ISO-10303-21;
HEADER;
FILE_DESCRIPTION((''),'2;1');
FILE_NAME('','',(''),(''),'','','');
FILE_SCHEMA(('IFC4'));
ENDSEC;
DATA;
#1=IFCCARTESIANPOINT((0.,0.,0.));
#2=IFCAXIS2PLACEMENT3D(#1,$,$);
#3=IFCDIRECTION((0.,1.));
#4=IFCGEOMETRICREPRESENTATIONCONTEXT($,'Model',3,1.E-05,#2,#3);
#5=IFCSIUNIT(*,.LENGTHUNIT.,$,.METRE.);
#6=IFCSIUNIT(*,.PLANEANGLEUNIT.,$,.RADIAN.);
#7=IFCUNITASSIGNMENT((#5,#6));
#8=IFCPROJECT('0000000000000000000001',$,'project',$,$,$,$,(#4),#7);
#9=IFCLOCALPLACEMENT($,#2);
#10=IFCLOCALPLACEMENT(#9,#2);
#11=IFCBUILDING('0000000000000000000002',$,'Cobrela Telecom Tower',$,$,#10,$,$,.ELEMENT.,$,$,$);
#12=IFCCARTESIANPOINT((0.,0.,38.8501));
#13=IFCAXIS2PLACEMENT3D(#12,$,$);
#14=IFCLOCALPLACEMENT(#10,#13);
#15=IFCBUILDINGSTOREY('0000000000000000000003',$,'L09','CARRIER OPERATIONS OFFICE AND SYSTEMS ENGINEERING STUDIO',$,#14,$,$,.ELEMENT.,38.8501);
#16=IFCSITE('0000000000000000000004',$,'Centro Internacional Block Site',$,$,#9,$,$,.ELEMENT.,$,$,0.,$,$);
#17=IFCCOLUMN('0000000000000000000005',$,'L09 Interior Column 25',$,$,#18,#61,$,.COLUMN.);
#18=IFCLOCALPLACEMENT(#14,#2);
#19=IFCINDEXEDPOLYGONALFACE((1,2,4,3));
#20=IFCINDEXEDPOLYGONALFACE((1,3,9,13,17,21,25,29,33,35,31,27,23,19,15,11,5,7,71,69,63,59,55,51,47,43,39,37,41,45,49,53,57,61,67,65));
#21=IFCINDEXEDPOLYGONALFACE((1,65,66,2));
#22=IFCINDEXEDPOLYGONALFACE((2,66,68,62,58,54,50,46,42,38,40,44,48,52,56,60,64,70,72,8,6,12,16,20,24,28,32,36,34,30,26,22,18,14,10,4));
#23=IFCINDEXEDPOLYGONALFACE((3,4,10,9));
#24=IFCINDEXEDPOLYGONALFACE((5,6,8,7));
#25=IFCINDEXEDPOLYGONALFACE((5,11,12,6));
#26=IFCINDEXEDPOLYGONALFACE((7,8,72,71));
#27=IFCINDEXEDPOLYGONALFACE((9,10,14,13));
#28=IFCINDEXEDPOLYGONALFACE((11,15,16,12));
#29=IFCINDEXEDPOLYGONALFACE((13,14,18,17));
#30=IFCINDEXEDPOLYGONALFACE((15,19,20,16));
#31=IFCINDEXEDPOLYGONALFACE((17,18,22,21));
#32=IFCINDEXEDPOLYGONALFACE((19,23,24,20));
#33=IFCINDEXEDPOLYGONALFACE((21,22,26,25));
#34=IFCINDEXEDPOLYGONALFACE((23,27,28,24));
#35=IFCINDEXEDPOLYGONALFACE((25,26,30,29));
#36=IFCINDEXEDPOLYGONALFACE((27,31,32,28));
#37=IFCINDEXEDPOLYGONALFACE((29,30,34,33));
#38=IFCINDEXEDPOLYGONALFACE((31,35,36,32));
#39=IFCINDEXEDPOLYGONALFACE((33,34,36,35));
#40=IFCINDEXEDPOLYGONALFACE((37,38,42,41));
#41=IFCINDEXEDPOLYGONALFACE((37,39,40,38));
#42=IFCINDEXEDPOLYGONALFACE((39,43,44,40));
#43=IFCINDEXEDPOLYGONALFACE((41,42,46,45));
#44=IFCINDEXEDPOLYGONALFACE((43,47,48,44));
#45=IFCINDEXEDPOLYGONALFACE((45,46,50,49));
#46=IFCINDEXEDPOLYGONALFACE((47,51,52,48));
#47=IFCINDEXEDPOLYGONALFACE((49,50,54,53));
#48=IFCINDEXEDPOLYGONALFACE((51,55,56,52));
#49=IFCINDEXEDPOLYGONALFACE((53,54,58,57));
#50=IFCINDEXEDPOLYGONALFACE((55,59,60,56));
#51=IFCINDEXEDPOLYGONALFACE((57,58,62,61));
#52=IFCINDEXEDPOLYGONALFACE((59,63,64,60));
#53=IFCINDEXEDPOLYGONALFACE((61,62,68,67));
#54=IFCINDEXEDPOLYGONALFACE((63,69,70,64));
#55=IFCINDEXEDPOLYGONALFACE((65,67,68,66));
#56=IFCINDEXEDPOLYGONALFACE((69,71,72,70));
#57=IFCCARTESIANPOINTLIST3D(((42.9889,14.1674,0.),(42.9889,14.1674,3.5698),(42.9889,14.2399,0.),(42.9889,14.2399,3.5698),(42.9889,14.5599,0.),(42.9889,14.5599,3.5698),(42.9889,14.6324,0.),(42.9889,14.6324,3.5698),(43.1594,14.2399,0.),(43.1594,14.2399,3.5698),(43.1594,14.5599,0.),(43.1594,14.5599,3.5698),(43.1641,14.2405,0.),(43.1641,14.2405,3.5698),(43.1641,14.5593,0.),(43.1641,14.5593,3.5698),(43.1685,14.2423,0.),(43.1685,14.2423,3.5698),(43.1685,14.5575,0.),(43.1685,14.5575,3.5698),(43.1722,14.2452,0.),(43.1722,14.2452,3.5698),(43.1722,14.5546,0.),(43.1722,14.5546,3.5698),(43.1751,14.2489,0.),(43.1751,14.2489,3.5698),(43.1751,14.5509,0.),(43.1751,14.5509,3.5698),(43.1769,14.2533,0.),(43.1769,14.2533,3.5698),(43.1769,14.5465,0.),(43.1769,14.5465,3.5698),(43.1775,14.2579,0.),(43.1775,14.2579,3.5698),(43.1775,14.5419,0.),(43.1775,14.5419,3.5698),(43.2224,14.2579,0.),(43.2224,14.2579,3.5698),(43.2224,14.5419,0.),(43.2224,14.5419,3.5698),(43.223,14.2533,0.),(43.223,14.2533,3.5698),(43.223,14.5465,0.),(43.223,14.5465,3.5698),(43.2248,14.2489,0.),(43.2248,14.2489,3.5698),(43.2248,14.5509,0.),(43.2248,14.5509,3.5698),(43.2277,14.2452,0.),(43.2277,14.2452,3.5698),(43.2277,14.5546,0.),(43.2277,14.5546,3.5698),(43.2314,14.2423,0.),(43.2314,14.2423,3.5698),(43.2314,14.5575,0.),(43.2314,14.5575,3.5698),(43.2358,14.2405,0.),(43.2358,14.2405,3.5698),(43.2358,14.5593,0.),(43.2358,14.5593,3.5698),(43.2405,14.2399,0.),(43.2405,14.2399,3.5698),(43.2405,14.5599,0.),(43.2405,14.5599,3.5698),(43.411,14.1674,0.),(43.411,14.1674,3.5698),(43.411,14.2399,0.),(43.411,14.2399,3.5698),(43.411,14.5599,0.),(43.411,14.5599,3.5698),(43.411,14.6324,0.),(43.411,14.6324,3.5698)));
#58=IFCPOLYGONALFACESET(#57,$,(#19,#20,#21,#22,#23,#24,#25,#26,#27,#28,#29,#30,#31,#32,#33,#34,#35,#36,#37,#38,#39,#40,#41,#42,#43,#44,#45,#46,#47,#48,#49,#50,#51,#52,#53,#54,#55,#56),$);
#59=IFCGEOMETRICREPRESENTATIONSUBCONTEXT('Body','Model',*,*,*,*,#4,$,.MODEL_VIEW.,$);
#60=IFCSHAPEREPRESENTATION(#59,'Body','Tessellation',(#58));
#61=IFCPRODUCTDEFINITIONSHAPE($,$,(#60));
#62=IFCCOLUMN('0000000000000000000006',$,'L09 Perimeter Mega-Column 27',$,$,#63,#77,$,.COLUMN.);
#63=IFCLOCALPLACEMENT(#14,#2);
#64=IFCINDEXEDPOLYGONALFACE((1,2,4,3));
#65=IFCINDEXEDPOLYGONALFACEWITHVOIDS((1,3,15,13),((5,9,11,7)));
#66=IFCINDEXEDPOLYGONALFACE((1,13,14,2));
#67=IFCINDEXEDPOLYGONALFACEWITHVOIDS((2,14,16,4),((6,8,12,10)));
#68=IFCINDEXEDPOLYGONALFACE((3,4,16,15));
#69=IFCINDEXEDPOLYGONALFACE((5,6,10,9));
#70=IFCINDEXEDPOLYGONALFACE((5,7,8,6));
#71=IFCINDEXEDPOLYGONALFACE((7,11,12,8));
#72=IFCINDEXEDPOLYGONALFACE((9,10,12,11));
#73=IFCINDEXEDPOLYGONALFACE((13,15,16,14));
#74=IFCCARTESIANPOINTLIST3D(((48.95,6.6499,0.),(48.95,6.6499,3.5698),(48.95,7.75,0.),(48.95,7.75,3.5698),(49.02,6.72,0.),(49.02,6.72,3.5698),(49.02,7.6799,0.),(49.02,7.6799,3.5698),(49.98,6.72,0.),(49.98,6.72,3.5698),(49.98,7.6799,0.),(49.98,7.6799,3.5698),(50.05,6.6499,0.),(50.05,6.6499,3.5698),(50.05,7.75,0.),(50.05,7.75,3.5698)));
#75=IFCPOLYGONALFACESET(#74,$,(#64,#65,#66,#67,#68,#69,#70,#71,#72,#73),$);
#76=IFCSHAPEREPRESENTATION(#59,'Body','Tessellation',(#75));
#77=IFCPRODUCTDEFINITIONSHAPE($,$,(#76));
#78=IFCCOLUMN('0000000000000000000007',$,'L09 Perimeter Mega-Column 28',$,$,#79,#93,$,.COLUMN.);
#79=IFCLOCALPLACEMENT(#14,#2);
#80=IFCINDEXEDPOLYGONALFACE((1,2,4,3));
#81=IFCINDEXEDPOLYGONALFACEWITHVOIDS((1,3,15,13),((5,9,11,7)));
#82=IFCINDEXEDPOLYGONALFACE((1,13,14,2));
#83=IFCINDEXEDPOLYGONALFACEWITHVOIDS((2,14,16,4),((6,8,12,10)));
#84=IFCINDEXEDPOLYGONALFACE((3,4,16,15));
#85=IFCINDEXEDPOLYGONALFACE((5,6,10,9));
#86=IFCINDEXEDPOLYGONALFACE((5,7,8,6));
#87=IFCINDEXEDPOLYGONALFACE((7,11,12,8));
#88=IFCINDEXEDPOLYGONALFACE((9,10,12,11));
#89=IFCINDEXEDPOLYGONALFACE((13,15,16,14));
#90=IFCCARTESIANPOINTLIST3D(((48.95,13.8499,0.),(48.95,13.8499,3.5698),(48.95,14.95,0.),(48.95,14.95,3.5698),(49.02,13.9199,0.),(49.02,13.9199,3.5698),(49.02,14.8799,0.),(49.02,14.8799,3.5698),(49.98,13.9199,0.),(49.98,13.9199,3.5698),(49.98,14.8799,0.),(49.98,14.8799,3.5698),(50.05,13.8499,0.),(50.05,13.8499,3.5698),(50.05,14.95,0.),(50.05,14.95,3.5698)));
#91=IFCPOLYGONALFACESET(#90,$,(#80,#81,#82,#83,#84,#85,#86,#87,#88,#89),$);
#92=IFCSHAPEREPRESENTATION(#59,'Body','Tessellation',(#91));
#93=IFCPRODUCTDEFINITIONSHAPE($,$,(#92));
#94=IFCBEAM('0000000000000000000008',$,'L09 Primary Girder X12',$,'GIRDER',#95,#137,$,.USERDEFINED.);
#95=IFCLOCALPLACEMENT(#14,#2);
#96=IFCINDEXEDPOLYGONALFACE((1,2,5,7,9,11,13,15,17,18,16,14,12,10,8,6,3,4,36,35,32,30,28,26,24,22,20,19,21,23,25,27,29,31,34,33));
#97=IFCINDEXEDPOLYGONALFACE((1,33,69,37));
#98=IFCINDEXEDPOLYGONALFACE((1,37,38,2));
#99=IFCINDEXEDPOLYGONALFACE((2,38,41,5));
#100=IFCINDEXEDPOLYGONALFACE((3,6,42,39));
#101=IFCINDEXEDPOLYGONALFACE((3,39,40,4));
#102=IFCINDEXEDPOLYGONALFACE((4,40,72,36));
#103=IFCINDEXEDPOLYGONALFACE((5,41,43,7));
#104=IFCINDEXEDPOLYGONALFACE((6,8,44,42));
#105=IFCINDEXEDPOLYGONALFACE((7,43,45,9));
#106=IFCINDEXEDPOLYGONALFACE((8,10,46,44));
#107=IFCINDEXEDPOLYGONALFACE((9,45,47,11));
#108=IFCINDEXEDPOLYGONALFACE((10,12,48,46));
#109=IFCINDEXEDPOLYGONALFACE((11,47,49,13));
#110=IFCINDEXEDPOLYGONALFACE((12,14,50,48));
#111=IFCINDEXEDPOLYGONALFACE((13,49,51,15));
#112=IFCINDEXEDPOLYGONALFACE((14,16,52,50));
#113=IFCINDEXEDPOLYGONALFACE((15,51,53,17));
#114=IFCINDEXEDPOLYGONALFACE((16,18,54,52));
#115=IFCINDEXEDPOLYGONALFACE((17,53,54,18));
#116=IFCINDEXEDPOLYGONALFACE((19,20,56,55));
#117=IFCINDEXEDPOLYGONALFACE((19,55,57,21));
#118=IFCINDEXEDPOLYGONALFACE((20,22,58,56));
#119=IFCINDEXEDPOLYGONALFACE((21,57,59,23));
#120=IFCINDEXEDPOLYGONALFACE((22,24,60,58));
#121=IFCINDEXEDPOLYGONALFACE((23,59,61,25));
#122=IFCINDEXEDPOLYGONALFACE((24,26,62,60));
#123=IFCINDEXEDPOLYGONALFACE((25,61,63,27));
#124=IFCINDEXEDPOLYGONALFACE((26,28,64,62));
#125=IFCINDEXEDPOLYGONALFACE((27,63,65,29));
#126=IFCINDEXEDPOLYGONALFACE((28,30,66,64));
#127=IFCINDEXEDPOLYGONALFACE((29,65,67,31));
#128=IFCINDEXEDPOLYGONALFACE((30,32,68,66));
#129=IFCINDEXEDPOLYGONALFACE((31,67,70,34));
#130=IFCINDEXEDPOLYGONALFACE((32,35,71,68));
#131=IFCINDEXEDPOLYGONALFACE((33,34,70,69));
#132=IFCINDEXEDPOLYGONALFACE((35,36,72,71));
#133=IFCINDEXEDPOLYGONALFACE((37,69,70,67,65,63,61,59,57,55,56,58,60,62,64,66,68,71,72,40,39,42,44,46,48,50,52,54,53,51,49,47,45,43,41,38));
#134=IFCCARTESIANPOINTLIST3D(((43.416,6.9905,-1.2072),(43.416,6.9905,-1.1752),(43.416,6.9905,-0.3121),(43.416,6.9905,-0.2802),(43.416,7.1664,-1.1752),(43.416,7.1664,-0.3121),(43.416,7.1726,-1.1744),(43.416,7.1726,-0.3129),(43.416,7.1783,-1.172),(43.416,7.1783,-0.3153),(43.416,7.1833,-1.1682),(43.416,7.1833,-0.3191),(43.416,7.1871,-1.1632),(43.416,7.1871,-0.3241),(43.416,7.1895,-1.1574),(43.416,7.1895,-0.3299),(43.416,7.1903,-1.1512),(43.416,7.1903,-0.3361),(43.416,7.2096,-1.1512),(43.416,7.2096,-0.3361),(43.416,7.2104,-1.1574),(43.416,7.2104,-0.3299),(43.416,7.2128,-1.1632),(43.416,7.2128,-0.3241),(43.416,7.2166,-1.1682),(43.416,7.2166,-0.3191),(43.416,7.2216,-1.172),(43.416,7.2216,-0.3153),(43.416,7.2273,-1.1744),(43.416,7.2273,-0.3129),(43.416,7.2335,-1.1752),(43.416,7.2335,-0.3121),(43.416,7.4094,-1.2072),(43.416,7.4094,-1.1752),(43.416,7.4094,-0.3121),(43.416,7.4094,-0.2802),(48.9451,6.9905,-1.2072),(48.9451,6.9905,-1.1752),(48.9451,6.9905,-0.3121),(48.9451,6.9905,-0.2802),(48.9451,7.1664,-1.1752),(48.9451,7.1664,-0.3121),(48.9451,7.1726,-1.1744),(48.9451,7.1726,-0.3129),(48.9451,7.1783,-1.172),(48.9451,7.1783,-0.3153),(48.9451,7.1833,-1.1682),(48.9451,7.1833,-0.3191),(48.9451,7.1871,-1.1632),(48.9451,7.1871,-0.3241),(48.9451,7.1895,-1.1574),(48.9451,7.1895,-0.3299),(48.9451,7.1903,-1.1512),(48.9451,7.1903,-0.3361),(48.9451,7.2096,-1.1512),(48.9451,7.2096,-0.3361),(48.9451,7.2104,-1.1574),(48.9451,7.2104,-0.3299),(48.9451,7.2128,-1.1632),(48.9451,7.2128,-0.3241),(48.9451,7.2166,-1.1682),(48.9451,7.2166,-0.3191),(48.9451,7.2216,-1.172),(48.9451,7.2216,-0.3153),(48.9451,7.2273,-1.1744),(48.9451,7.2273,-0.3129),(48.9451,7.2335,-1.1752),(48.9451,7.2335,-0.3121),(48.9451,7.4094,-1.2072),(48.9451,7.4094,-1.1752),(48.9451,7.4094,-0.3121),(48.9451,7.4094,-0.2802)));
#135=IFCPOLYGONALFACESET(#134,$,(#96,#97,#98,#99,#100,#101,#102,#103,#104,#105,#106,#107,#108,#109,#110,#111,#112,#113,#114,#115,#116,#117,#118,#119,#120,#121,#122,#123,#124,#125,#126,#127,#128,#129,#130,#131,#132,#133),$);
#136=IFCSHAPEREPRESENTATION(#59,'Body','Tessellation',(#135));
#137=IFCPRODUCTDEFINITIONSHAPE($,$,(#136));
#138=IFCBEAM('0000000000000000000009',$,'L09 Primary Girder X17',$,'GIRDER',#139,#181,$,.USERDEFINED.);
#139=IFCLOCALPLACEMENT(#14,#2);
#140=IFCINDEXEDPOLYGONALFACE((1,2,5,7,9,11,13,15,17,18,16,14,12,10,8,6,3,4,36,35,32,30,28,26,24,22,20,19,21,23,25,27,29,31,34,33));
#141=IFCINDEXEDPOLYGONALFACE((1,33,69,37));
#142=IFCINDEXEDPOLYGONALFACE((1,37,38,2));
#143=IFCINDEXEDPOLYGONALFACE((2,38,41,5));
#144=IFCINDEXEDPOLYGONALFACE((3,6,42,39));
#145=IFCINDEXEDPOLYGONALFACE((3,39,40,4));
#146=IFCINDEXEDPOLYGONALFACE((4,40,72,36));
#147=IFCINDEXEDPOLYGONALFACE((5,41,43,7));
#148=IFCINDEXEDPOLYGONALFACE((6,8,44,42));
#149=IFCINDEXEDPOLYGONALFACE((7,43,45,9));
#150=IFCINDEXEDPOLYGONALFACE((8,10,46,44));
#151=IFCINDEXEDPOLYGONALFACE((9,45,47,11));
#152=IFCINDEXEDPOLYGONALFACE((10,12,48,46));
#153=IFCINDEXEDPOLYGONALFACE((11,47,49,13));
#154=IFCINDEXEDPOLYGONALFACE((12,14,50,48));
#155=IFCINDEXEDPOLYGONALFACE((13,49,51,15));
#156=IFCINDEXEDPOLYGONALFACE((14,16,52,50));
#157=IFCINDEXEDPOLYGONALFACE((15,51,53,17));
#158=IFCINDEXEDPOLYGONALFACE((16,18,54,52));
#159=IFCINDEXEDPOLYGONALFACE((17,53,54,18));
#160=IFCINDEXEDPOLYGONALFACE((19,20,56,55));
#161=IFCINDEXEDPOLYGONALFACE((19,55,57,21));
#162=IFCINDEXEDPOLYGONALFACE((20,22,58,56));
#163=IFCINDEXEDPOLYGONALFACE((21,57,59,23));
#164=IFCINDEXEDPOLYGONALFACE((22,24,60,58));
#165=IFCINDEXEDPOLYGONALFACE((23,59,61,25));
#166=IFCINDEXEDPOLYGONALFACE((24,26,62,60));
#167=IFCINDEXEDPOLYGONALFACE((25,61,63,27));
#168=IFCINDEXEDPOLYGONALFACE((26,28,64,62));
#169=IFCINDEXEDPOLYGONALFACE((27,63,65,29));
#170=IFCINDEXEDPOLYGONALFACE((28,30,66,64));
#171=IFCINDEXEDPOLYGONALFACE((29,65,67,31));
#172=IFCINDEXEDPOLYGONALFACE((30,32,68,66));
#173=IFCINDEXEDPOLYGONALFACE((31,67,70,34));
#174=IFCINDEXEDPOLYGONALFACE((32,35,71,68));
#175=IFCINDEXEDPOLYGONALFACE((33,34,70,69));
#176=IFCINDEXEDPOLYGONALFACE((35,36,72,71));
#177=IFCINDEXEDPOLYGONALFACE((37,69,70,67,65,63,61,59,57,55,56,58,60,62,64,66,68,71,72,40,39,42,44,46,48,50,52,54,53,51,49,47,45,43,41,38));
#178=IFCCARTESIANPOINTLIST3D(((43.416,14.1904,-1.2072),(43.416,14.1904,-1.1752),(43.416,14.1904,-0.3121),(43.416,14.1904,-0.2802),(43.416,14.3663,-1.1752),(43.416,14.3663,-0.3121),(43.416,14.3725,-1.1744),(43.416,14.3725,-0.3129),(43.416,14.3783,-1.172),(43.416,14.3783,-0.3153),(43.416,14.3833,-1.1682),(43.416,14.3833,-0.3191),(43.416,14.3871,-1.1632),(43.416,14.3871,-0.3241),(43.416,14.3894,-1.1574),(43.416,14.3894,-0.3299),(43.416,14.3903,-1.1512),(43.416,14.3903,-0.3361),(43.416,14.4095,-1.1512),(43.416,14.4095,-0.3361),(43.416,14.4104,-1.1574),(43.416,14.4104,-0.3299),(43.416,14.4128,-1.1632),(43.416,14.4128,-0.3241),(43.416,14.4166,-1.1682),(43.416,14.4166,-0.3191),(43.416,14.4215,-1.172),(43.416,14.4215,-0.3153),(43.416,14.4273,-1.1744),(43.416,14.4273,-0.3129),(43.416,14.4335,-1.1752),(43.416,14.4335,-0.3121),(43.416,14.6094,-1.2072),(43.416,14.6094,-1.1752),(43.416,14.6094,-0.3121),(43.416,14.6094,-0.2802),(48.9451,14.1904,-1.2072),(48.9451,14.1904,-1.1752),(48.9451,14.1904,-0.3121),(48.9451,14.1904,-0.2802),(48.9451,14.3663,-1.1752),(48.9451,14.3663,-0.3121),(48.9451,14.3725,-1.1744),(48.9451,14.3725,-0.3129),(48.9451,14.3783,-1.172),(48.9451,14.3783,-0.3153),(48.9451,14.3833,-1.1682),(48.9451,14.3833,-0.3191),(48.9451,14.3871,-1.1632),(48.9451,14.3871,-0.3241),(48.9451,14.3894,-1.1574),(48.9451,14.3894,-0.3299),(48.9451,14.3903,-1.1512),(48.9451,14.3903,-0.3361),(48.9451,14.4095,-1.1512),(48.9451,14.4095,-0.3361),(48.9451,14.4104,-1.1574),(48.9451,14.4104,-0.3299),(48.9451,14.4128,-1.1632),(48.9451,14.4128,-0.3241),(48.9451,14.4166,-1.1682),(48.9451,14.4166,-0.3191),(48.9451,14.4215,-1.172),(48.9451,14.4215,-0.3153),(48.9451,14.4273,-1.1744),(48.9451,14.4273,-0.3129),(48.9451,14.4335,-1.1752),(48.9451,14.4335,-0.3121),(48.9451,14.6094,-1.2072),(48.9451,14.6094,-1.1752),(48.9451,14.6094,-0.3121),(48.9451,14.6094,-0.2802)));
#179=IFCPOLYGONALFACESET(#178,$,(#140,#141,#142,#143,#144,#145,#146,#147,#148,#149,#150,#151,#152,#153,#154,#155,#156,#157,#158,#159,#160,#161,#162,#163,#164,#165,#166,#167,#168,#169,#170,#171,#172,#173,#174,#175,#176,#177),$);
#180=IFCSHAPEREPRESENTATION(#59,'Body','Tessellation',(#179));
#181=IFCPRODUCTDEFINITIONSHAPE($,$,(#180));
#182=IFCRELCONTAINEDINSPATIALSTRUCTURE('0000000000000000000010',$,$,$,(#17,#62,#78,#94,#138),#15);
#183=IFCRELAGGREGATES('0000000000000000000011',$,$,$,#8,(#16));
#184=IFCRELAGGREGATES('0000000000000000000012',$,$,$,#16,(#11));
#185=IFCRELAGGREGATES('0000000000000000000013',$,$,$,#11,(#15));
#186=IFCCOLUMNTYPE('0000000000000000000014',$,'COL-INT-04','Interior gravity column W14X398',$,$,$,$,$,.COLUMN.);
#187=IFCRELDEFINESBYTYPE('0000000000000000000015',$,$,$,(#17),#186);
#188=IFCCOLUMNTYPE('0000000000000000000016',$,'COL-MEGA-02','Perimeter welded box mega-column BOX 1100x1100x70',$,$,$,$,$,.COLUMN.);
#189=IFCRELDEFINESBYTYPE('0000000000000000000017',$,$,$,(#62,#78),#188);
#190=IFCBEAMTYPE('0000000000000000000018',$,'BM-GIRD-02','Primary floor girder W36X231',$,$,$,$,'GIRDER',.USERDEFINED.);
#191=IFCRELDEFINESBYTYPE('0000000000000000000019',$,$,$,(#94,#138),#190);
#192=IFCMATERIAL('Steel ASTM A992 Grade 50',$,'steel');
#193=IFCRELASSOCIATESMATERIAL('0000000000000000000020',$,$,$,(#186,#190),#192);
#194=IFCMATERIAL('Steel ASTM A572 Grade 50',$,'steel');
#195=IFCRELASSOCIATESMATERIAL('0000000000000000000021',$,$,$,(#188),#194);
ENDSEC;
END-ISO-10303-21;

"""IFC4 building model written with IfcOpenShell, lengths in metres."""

from ifc_helpers import new_model, si_unit, direction, frame, origin, origin_2d, place, context, subcontext, project, spatial, hollow_rectangle, i_section, extrude, material, material_profile, profile_set, type_object, element, save


model = new_model("IFC4")

# Units and contexts
model_context = context("Model", 3, precision=1e-05, world=origin(), true_north=direction((0.0, 1.0)))
body_context = subcontext(model_context, "Body", "Model", "MODEL_VIEW")
ifc_project = project(units=[si_unit("LENGTHUNIT", "METRE"), si_unit("PLANEANGLEUNIT", "RADIAN")], contexts=[model_context])

# Site, building, storey
site_placement = place(None, origin())
site = spatial("IfcSite", under=ifc_project, at=site_placement, Name="Centro Internacional Block Site", CompositionType="ELEMENT", RefElevation=0.0)
building_placement = place(site_placement, origin())
building = spatial("IfcBuilding", under=site, at=building_placement, Name="Cobrela Telecom Tower", CompositionType="ELEMENT")
storey_placement = place(building_placement, frame((0.0, 0.0, 38.8501)))
storey = spatial("IfcBuildingStorey", under=building, at=storey_placement, Name="L09", Description="CARRIER OPERATIONS OFFICE AND SYSTEMS ENGINEERING STUDIO", CompositionType="ELEMENT", Elevation=38.8501)

# Columns
ifc_material_1 = material(Name="Steel ASTM A992 Grade 50", Category="steel")
ifc_material_profile_1 = material_profile(ifc_material_1, i_section(OverallWidth=0.4221, OverallDepth=0.4651, WebThickness=0.0449, FlangeThickness=0.0725, FilletRadius=0.0181, at=origin_2d()), Name="W14X398")
ifc_profile_set_1 = profile_set([ifc_material_profile_1], Name="Steel ASTM A992 Grade 50")
column_type_1 = type_object("IfcColumnType", Name="COL-INT-04", Description="Interior gravity column W14X398", PredefinedType="COLUMN", material=ifc_profile_set_1)
column_placement = place(storey_placement, frame((43.2, 14.3999, 0.0), z_axis=(0.0, 0.0, 1.0), x_axis=(1.0, 0.0, 0.0)))
element("IfcColumn", 1, at=column_placement, inside=storey, type_object=column_type_1, Name="L09 Interior Column 25", PredefinedType="COLUMN", context=body_context, shape_type="SweptSolid", body=[
    extrude(i_section(OverallWidth=0.4221, OverallDepth=0.4651, WebThickness=0.0449, FlangeThickness=0.0725, FilletRadius=0.0181, at=origin_2d()), origin(), (0.0, 0.0, 1.0), 3.5698),
])
ifc_material_2 = material(Name="Steel ASTM A572 Grade 50", Category="steel")
ifc_material_profile_2 = material_profile(ifc_material_2, hollow_rectangle(XDim=1.1001, YDim=1.1001, WallThickness=0.0701, at=origin_2d()), Name="BOX 1100x1100x70")
ifc_profile_set_2 = profile_set([ifc_material_profile_2], Name="Steel ASTM A572 Grade 50")
column_type_2 = type_object("IfcColumnType", Name="COL-MEGA-02", Description="Perimeter welded box mega-column BOX 1100x1100x70", PredefinedType="COLUMN", material=ifc_profile_set_2)
for number, where, z_axis, x_axis, name in (
    (2, (49.5, 7.2, 0.0), (0.0, 0.0, 1.0), (1.0, 0.0, 0.0), "L09 Perimeter Mega-Column 27"),
    (3, (49.5, 14.3999, 0.0), (0.0, 0.0, 1.0), (1.0, 0.0, 0.0), "L09 Perimeter Mega-Column 28"),
):
    element("IfcColumn", number, at=place(storey_placement, frame(where, z_axis=z_axis, x_axis=x_axis)), inside=storey, type_object=column_type_2, Name=name, PredefinedType="COLUMN", context=body_context, shape_type="SweptSolid", body=[
        extrude(hollow_rectangle(XDim=1.1001, YDim=1.1001, WallThickness=0.0701, at=origin_2d()), origin(), (0.0, 0.0, 1.0), 3.5698),
    ])

# Beams
ifc_material_profile_3 = material_profile(ifc_material_1, i_section(OverallWidth=0.4189, OverallDepth=0.927, WebThickness=0.0193, FlangeThickness=0.032, FilletRadius=0.0239, at=origin_2d()), Name="W36X231")
ifc_profile_set_3 = profile_set([ifc_material_profile_3], Name="Steel ASTM A992 Grade 50")
beam_type_1 = type_object("IfcBeamType", Name="BM-GIRD-02", Description="Primary floor girder W36X231", ElementType="GIRDER", PredefinedType="USERDEFINED", material=ifc_profile_set_3)
for number, where, z_axis, x_axis, name in (
    (4, (43.416, 7.2, -0.7437), (1.0, 0.0, 0.0), (0.0, 1.0, 0.0), "L09 Primary Girder X12"),
    (5, (43.416, 14.3999, -0.7437), (1.0, 0.0, 0.0), (0.0, 1.0, 0.0), "L09 Primary Girder X17"),
):
    element("IfcBeam", number, at=place(storey_placement, frame(where, z_axis=z_axis, x_axis=x_axis)), inside=storey, type_object=beam_type_1, Name=name, ObjectType="GIRDER", PredefinedType="USERDEFINED", context=body_context, shape_type="SweptSolid", body=[
        extrude(i_section(OverallWidth=0.4189, OverallDepth=0.927, WebThickness=0.0193, FlangeThickness=0.032, FilletRadius=0.0239, at=origin_2d()), origin(), (0.0, 0.0, 1.0), 5.5291),
    ])

save(model, "model.ifc")
